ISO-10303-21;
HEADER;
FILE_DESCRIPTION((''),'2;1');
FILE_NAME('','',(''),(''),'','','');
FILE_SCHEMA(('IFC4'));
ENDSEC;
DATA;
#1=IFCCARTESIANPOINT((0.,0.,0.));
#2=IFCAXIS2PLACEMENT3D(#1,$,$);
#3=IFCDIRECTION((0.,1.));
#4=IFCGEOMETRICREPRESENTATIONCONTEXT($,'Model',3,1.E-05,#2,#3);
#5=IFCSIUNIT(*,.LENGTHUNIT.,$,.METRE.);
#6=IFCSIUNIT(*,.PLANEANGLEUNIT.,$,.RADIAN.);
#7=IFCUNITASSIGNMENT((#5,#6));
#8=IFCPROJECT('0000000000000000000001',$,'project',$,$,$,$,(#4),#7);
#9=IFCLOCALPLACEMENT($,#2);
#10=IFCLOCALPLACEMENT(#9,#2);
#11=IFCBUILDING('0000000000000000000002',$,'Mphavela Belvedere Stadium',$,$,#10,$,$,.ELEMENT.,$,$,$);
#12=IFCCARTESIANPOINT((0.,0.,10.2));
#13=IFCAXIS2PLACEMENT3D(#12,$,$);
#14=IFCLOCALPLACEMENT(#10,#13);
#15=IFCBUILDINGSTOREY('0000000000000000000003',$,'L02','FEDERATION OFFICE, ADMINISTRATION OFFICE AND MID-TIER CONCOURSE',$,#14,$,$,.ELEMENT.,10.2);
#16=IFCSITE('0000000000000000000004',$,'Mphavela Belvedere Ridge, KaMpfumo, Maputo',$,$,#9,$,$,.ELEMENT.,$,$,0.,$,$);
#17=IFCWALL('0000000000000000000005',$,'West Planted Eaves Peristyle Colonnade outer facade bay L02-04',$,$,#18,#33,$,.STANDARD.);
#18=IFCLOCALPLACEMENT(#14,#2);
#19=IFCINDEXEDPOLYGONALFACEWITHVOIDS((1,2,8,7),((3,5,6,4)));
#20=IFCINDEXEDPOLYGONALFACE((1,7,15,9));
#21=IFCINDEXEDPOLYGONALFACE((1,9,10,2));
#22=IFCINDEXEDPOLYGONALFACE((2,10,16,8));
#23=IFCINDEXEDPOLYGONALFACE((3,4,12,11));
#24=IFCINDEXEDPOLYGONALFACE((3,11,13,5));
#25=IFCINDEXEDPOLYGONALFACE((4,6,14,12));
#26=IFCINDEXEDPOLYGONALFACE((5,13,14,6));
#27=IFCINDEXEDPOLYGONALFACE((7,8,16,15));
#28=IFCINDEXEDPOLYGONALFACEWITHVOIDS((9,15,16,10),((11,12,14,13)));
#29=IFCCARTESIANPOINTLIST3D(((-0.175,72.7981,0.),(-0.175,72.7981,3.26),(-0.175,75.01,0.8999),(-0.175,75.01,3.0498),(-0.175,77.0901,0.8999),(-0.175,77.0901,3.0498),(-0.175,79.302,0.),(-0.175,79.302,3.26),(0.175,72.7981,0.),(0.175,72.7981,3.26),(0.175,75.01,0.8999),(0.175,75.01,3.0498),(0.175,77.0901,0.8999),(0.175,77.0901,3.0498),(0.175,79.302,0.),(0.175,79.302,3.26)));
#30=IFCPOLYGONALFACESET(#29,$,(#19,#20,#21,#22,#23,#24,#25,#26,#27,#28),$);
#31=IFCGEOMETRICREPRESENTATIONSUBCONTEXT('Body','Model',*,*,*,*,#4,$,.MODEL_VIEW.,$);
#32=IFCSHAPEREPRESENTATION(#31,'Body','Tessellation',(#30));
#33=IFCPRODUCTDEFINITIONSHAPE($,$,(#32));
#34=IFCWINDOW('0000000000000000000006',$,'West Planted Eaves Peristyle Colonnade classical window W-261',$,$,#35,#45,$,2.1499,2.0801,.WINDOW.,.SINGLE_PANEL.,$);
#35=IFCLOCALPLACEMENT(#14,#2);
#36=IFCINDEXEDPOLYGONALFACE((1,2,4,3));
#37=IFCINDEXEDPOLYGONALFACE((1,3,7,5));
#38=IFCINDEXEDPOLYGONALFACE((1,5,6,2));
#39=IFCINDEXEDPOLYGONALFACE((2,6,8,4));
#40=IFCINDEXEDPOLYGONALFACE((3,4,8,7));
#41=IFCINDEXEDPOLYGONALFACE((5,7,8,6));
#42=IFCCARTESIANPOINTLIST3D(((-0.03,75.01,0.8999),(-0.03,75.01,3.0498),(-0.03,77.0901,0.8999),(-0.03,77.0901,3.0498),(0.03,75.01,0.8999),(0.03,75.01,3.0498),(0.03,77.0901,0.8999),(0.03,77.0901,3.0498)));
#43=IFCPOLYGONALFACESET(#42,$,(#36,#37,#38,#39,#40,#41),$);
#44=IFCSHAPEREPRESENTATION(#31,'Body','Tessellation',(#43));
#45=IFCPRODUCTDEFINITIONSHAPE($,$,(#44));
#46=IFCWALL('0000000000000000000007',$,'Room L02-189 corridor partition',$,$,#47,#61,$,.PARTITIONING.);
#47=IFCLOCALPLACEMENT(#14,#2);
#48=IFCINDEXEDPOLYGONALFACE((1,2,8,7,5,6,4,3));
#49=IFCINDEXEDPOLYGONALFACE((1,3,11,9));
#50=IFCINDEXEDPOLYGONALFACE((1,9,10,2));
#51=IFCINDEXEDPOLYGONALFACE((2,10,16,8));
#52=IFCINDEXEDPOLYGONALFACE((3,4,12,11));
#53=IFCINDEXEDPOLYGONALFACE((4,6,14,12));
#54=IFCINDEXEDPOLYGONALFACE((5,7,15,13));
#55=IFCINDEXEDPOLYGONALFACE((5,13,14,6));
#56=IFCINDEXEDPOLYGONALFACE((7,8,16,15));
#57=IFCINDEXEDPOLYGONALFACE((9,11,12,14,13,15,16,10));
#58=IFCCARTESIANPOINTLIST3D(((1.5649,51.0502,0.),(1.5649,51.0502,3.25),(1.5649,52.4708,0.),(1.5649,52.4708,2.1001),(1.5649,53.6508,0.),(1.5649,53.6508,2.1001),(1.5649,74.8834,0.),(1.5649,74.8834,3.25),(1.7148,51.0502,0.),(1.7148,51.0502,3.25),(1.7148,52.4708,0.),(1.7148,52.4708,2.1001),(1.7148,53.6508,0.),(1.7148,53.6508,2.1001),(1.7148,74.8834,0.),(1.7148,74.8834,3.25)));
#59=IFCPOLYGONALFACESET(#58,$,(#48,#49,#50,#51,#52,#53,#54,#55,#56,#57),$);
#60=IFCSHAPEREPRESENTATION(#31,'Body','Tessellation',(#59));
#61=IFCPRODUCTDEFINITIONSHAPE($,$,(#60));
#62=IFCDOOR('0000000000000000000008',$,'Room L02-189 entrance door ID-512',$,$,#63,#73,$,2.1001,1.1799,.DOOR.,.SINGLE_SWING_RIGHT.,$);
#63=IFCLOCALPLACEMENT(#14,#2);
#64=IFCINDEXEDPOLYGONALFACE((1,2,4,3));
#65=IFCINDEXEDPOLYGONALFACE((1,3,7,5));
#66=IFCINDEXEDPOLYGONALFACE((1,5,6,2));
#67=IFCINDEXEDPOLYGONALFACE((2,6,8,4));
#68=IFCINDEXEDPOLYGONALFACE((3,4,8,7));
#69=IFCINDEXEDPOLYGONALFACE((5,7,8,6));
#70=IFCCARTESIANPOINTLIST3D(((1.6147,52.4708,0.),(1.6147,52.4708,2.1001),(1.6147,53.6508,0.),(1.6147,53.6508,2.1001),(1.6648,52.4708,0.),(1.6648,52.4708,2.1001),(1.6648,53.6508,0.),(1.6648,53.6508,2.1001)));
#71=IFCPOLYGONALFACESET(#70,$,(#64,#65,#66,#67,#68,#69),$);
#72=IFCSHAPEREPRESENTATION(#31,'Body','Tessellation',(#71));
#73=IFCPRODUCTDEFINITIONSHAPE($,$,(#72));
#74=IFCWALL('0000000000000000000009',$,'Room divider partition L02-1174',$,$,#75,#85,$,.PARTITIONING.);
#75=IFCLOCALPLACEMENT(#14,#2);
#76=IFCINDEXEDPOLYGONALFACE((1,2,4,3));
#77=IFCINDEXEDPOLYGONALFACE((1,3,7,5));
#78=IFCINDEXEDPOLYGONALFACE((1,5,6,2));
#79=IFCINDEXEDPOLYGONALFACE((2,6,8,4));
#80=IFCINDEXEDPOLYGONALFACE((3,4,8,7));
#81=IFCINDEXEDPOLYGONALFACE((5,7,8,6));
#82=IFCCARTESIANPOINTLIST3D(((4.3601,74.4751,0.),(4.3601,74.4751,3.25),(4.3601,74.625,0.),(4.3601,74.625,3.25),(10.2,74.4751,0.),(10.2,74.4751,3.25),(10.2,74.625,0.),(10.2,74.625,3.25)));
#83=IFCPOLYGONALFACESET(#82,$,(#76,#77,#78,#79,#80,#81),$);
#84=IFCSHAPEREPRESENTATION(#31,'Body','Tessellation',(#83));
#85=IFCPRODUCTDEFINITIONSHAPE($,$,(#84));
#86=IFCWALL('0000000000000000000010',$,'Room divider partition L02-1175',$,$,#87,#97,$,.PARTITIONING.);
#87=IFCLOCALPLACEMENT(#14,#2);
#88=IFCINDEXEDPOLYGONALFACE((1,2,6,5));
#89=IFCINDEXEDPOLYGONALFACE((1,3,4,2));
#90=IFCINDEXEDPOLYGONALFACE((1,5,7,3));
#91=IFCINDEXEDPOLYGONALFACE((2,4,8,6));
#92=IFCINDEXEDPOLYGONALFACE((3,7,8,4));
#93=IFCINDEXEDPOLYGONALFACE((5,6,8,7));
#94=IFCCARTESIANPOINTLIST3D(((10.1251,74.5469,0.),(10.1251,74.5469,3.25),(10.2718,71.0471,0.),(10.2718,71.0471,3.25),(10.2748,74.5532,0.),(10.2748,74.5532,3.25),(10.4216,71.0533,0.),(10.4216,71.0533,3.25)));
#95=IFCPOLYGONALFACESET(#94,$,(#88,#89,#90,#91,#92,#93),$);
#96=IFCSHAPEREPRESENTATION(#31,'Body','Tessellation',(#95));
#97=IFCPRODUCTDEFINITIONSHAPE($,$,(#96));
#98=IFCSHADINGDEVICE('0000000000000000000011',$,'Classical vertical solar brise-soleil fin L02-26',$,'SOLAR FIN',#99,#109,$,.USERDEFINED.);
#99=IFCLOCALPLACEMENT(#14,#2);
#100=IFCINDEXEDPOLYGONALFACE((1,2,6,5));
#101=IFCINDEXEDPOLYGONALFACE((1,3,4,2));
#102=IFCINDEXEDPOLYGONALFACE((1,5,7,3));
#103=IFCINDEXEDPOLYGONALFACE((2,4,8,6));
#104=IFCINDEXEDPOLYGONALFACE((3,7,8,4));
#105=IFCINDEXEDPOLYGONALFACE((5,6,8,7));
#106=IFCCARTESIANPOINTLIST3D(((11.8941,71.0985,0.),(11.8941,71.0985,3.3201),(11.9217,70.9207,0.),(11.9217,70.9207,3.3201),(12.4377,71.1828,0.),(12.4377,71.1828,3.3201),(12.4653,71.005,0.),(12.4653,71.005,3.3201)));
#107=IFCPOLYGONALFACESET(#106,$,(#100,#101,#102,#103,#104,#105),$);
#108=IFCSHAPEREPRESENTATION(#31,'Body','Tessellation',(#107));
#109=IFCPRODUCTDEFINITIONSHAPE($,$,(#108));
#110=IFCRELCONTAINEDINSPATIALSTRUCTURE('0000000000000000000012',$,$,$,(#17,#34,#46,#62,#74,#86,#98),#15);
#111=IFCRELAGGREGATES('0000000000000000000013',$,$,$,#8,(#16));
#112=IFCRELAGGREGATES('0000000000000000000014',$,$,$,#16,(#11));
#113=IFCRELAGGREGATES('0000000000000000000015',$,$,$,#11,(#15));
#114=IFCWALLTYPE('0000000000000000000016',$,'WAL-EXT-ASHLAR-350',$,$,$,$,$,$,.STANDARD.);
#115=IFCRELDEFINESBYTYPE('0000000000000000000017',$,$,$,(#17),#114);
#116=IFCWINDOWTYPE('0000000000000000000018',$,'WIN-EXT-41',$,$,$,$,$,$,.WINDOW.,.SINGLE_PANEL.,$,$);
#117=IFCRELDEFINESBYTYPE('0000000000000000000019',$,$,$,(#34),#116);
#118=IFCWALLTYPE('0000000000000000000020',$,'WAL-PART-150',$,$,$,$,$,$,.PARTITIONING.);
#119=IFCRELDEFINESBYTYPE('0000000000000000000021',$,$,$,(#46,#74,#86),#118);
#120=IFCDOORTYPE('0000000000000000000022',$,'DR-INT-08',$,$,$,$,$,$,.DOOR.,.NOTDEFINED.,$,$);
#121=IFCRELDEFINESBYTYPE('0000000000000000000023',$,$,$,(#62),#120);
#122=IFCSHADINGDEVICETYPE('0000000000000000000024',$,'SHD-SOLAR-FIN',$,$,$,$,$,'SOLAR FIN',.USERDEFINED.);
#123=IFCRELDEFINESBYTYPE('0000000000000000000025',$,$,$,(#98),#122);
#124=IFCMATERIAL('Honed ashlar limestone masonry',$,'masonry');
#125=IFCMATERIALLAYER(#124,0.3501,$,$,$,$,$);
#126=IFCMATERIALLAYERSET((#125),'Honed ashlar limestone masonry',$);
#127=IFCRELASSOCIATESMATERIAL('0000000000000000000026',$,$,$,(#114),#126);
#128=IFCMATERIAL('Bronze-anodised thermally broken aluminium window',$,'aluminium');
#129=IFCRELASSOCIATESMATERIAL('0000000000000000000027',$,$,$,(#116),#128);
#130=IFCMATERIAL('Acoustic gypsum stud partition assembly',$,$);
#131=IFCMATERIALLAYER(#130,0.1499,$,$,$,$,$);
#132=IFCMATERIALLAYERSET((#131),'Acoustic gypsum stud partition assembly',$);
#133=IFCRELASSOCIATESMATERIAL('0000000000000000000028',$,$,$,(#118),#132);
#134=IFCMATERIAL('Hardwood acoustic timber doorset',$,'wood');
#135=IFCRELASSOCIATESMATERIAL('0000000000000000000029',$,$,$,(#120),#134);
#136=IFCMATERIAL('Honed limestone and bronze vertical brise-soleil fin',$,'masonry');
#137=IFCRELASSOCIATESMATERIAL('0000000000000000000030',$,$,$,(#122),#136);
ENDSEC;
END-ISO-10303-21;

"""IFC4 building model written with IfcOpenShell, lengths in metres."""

from ifc_helpers import new_model, si_unit, direction, frame, frame_2d, origin, origin_2d, place, context, subcontext, project, spatial, rectangle, extrude, material, layer, layer_set, type_object, element, fill, save


model = new_model("IFC4")

# Units and contexts
model_context = context("Model", 3, precision=1e-05, world=origin(), true_north=direction((0.0, 1.0)))
body_context = subcontext(model_context, "Body", "Model", "MODEL_VIEW")
ifc_project = project(units=[si_unit("LENGTHUNIT", "METRE"), si_unit("PLANEANGLEUNIT", "RADIAN")], contexts=[model_context])

# Site, building, storey
site_placement = place(None, origin())
site = spatial("IfcSite", under=ifc_project, at=site_placement, Name="Mphavela Belvedere Ridge, KaMpfumo, Maputo", CompositionType="ELEMENT", RefElevation=0.0)
building_placement = place(site_placement, origin())
building = spatial("IfcBuilding", under=site, at=building_placement, Name="Mphavela Belvedere Stadium", CompositionType="ELEMENT")
storey_placement = place(building_placement, frame((0.0, 0.0, 10.2)))
storey = spatial("IfcBuildingStorey", under=building, at=storey_placement, Name="L02", Description="FEDERATION OFFICE, ADMINISTRATION OFFICE AND MID-TIER CONCOURSE", CompositionType="ELEMENT", Elevation=10.2)

# Wall, opening, window
ifc_material_1 = material(Name="Honed ashlar limestone masonry", Category="masonry")
ifc_layer_1 = layer(ifc_material_1, 0.3501)
ifc_layer_set_1 = layer_set([ifc_layer_1], Name="Honed ashlar limestone masonry")
wall_type_1 = type_object("IfcWallType", Name="WAL-EXT-ASHLAR-350", PredefinedType="STANDARD", material=ifc_layer_set_1)
wall_1_placement = place(storey_placement, frame((0.0, 72.7981, 0.0), z_axis=(0.0, 0.0, 1.0), x_axis=(0.0, 1.0, 0.0)))
wall_1 = element("IfcWall", 1, at=wall_1_placement, inside=storey, type_object=wall_type_1, Name="West Planted Eaves Peristyle Colonnade outer facade bay L02-04", PredefinedType="STANDARD", context=body_context, shape_type="SweptSolid", body=[
    extrude(rectangle(XDim=6.5039, YDim=0.3501, at=frame_2d((3.252, 0.0))), origin(), (0.0, 0.0, 1.0), 3.26),
])
opening_1_placement = place(wall_1_placement, frame((2.2119, 0.0, 0.8999)))
opening_1 = element("IfcOpeningElement", 2, at=opening_1_placement, cuts=wall_1, PredefinedType="OPENING", context=body_context, shape_type="SweptSolid", body=[
    extrude(rectangle(XDim=2.0801, YDim=2.1499, at=frame_2d((1.04, 1.075))), frame((0.0, 0.1851, 0.0), z_axis=(0.0, -1.0, 0.0), x_axis=(1.0, 0.0, 0.0)), (0.0, 0.0, 1.0), 0.3701),
])
ifc_material_2 = material(Name="Bronze-anodised thermally broken aluminium window", Category="aluminium")
window_type = type_object("IfcWindowType", Name="WIN-EXT-41", PartitioningType="SINGLE_PANEL", PredefinedType="WINDOW", material=ifc_material_2)
window_placement = place(opening_1_placement, origin())
window = element("IfcWindow", 3, at=window_placement, inside=storey, type_object=window_type, Name="West Planted Eaves Peristyle Colonnade classical window W-261", OverallHeight=2.1499, OverallWidth=2.0801, PartitioningType="SINGLE_PANEL", PredefinedType="WINDOW", context=body_context, shape_type="SweptSolid", body=[
    extrude(rectangle(XDim=2.0801, YDim=2.1499, at=frame_2d((1.04, 1.075))), frame((0.0, 0.03, 0.0), z_axis=(0.0, -1.0, 0.0), x_axis=(1.0, 0.0, 0.0)), (0.0, 0.0, 1.0), 0.0601),
])
fill(opening_1, window)

# Wall, opening, door
ifc_material_3 = material(Name="Acoustic gypsum stud partition assembly")
ifc_layer_2 = layer(ifc_material_3, 0.1499)
ifc_layer_set_2 = layer_set([ifc_layer_2], Name="Acoustic gypsum stud partition assembly")
wall_type_2 = type_object("IfcWallType", Name="WAL-PART-150", PredefinedType="PARTITIONING", material=ifc_layer_set_2)
wall_2_placement = place(storey_placement, frame((1.6399, 74.8833, 0.0), z_axis=(0.0, 0.0, 1.0), x_axis=(0.0, -1.0, 0.0)))
wall_2 = element("IfcWall", 4, at=wall_2_placement, inside=storey, type_object=wall_type_2, Name="Room L02-189 corridor partition", PredefinedType="PARTITIONING", context=body_context, shape_type="SweptSolid", body=[
    extrude(rectangle(XDim=23.8333, YDim=0.1499, at=frame_2d((11.9165, 0.0))), origin(), (0.0, 0.0, 1.0), 3.25),
])
opening_2_placement = place(wall_2_placement, frame((21.2327, 0.0, 0.0)))
opening_2 = element("IfcOpeningElement", 5, at=opening_2_placement, cuts=wall_2, PredefinedType="OPENING", context=body_context, shape_type="SweptSolid", body=[
    extrude(rectangle(XDim=1.1799, YDim=2.1001, at=frame_2d((0.5898, 1.05))), frame((0.0, 0.085, 0.0), z_axis=(0.0, -1.0, 0.0), x_axis=(1.0, 0.0, 0.0)), (0.0, 0.0, 1.0), 0.1699),
])
ifc_material_4 = material(Name="Hardwood acoustic timber doorset", Category="wood")
door_type = type_object("IfcDoorType", Name="DR-INT-08", OperationType="NOTDEFINED", PredefinedType="DOOR", material=ifc_material_4)
door_placement = place(opening_2_placement, origin())
door = element("IfcDoor", 6, at=door_placement, inside=storey, type_object=door_type, Name="Room L02-189 entrance door ID-512", OperationType="SINGLE_SWING_RIGHT", OverallHeight=2.1001, OverallWidth=1.1799, PredefinedType="DOOR", context=body_context, shape_type="SweptSolid", body=[
    extrude(rectangle(XDim=1.1799, YDim=2.1001, at=frame_2d((0.5898, 1.05))), frame((0.0, 0.0249, 0.0), z_axis=(0.0, -1.0, 0.0), x_axis=(1.0, 0.0, 0.0)), (0.0, 0.0, 1.0), 0.05),
])
fill(opening_2, door)

# Walls
wall_3_placement = place(storey_placement, frame((4.3601, 74.55, 0.0), z_axis=(0.0, 0.0, 1.0), x_axis=(1.0, 0.0, 0.0)))
element("IfcWall", 7, at=wall_3_placement, inside=storey, type_object=wall_type_2, Name="Room divider partition L02-1174", PredefinedType="PARTITIONING", context=body_context, shape_type="SweptSolid", body=[
    extrude(rectangle(XDim=5.8398, YDim=0.1499, at=frame_2d((2.9199, 0.0))), origin(), (0.0, 0.0, 1.0), 3.25),
])
wall_4_placement = place(storey_placement, frame((10.2, 74.55, 0.0), z_axis=(0.0, 0.0, 1.0), x_axis=(0.041889, -0.999122, 0.0)))
element("IfcWall", 8, at=wall_4_placement, inside=storey, type_object=wall_type_2, Name="Room divider partition L02-1175", PredefinedType="PARTITIONING", context=body_context, shape_type="SweptSolid", body=[
    extrude(rectangle(XDim=3.5029, YDim=0.1499, at=frame_2d((1.7515, 0.0))), origin(), (0.0, 0.0, 1.0), 3.25),
])

# Shading device
ifc_material_5 = material(Name="Honed limestone and bronze vertical brise-soleil fin", Category="masonry")
shading_device_type = type_object("IfcShadingDeviceType", Name="SHD-SOLAR-FIN", ElementType="SOLAR FIN", PredefinedType="USERDEFINED", material=ifc_material_5)
shading_device_placement = place(storey_placement, frame((12.1797, 71.0518, 0.0), z_axis=(0.0, 0.0, 1.0), x_axis=(-0.988175, -0.153331, 0.0)))
element("IfcShadingDevice", 9, at=shading_device_placement, inside=storey, type_object=shading_device_type, Name="Classical vertical solar brise-soleil fin L02-26", ObjectType="SOLAR FIN", PredefinedType="USERDEFINED", context=body_context, shape_type="SweptSolid", body=[
    extrude(rectangle(XDim=0.55, YDim=0.1799, at=origin_2d()), origin(), (0.0, 0.0, 1.0), 3.3201),
])

save(model, "model.ifc")
